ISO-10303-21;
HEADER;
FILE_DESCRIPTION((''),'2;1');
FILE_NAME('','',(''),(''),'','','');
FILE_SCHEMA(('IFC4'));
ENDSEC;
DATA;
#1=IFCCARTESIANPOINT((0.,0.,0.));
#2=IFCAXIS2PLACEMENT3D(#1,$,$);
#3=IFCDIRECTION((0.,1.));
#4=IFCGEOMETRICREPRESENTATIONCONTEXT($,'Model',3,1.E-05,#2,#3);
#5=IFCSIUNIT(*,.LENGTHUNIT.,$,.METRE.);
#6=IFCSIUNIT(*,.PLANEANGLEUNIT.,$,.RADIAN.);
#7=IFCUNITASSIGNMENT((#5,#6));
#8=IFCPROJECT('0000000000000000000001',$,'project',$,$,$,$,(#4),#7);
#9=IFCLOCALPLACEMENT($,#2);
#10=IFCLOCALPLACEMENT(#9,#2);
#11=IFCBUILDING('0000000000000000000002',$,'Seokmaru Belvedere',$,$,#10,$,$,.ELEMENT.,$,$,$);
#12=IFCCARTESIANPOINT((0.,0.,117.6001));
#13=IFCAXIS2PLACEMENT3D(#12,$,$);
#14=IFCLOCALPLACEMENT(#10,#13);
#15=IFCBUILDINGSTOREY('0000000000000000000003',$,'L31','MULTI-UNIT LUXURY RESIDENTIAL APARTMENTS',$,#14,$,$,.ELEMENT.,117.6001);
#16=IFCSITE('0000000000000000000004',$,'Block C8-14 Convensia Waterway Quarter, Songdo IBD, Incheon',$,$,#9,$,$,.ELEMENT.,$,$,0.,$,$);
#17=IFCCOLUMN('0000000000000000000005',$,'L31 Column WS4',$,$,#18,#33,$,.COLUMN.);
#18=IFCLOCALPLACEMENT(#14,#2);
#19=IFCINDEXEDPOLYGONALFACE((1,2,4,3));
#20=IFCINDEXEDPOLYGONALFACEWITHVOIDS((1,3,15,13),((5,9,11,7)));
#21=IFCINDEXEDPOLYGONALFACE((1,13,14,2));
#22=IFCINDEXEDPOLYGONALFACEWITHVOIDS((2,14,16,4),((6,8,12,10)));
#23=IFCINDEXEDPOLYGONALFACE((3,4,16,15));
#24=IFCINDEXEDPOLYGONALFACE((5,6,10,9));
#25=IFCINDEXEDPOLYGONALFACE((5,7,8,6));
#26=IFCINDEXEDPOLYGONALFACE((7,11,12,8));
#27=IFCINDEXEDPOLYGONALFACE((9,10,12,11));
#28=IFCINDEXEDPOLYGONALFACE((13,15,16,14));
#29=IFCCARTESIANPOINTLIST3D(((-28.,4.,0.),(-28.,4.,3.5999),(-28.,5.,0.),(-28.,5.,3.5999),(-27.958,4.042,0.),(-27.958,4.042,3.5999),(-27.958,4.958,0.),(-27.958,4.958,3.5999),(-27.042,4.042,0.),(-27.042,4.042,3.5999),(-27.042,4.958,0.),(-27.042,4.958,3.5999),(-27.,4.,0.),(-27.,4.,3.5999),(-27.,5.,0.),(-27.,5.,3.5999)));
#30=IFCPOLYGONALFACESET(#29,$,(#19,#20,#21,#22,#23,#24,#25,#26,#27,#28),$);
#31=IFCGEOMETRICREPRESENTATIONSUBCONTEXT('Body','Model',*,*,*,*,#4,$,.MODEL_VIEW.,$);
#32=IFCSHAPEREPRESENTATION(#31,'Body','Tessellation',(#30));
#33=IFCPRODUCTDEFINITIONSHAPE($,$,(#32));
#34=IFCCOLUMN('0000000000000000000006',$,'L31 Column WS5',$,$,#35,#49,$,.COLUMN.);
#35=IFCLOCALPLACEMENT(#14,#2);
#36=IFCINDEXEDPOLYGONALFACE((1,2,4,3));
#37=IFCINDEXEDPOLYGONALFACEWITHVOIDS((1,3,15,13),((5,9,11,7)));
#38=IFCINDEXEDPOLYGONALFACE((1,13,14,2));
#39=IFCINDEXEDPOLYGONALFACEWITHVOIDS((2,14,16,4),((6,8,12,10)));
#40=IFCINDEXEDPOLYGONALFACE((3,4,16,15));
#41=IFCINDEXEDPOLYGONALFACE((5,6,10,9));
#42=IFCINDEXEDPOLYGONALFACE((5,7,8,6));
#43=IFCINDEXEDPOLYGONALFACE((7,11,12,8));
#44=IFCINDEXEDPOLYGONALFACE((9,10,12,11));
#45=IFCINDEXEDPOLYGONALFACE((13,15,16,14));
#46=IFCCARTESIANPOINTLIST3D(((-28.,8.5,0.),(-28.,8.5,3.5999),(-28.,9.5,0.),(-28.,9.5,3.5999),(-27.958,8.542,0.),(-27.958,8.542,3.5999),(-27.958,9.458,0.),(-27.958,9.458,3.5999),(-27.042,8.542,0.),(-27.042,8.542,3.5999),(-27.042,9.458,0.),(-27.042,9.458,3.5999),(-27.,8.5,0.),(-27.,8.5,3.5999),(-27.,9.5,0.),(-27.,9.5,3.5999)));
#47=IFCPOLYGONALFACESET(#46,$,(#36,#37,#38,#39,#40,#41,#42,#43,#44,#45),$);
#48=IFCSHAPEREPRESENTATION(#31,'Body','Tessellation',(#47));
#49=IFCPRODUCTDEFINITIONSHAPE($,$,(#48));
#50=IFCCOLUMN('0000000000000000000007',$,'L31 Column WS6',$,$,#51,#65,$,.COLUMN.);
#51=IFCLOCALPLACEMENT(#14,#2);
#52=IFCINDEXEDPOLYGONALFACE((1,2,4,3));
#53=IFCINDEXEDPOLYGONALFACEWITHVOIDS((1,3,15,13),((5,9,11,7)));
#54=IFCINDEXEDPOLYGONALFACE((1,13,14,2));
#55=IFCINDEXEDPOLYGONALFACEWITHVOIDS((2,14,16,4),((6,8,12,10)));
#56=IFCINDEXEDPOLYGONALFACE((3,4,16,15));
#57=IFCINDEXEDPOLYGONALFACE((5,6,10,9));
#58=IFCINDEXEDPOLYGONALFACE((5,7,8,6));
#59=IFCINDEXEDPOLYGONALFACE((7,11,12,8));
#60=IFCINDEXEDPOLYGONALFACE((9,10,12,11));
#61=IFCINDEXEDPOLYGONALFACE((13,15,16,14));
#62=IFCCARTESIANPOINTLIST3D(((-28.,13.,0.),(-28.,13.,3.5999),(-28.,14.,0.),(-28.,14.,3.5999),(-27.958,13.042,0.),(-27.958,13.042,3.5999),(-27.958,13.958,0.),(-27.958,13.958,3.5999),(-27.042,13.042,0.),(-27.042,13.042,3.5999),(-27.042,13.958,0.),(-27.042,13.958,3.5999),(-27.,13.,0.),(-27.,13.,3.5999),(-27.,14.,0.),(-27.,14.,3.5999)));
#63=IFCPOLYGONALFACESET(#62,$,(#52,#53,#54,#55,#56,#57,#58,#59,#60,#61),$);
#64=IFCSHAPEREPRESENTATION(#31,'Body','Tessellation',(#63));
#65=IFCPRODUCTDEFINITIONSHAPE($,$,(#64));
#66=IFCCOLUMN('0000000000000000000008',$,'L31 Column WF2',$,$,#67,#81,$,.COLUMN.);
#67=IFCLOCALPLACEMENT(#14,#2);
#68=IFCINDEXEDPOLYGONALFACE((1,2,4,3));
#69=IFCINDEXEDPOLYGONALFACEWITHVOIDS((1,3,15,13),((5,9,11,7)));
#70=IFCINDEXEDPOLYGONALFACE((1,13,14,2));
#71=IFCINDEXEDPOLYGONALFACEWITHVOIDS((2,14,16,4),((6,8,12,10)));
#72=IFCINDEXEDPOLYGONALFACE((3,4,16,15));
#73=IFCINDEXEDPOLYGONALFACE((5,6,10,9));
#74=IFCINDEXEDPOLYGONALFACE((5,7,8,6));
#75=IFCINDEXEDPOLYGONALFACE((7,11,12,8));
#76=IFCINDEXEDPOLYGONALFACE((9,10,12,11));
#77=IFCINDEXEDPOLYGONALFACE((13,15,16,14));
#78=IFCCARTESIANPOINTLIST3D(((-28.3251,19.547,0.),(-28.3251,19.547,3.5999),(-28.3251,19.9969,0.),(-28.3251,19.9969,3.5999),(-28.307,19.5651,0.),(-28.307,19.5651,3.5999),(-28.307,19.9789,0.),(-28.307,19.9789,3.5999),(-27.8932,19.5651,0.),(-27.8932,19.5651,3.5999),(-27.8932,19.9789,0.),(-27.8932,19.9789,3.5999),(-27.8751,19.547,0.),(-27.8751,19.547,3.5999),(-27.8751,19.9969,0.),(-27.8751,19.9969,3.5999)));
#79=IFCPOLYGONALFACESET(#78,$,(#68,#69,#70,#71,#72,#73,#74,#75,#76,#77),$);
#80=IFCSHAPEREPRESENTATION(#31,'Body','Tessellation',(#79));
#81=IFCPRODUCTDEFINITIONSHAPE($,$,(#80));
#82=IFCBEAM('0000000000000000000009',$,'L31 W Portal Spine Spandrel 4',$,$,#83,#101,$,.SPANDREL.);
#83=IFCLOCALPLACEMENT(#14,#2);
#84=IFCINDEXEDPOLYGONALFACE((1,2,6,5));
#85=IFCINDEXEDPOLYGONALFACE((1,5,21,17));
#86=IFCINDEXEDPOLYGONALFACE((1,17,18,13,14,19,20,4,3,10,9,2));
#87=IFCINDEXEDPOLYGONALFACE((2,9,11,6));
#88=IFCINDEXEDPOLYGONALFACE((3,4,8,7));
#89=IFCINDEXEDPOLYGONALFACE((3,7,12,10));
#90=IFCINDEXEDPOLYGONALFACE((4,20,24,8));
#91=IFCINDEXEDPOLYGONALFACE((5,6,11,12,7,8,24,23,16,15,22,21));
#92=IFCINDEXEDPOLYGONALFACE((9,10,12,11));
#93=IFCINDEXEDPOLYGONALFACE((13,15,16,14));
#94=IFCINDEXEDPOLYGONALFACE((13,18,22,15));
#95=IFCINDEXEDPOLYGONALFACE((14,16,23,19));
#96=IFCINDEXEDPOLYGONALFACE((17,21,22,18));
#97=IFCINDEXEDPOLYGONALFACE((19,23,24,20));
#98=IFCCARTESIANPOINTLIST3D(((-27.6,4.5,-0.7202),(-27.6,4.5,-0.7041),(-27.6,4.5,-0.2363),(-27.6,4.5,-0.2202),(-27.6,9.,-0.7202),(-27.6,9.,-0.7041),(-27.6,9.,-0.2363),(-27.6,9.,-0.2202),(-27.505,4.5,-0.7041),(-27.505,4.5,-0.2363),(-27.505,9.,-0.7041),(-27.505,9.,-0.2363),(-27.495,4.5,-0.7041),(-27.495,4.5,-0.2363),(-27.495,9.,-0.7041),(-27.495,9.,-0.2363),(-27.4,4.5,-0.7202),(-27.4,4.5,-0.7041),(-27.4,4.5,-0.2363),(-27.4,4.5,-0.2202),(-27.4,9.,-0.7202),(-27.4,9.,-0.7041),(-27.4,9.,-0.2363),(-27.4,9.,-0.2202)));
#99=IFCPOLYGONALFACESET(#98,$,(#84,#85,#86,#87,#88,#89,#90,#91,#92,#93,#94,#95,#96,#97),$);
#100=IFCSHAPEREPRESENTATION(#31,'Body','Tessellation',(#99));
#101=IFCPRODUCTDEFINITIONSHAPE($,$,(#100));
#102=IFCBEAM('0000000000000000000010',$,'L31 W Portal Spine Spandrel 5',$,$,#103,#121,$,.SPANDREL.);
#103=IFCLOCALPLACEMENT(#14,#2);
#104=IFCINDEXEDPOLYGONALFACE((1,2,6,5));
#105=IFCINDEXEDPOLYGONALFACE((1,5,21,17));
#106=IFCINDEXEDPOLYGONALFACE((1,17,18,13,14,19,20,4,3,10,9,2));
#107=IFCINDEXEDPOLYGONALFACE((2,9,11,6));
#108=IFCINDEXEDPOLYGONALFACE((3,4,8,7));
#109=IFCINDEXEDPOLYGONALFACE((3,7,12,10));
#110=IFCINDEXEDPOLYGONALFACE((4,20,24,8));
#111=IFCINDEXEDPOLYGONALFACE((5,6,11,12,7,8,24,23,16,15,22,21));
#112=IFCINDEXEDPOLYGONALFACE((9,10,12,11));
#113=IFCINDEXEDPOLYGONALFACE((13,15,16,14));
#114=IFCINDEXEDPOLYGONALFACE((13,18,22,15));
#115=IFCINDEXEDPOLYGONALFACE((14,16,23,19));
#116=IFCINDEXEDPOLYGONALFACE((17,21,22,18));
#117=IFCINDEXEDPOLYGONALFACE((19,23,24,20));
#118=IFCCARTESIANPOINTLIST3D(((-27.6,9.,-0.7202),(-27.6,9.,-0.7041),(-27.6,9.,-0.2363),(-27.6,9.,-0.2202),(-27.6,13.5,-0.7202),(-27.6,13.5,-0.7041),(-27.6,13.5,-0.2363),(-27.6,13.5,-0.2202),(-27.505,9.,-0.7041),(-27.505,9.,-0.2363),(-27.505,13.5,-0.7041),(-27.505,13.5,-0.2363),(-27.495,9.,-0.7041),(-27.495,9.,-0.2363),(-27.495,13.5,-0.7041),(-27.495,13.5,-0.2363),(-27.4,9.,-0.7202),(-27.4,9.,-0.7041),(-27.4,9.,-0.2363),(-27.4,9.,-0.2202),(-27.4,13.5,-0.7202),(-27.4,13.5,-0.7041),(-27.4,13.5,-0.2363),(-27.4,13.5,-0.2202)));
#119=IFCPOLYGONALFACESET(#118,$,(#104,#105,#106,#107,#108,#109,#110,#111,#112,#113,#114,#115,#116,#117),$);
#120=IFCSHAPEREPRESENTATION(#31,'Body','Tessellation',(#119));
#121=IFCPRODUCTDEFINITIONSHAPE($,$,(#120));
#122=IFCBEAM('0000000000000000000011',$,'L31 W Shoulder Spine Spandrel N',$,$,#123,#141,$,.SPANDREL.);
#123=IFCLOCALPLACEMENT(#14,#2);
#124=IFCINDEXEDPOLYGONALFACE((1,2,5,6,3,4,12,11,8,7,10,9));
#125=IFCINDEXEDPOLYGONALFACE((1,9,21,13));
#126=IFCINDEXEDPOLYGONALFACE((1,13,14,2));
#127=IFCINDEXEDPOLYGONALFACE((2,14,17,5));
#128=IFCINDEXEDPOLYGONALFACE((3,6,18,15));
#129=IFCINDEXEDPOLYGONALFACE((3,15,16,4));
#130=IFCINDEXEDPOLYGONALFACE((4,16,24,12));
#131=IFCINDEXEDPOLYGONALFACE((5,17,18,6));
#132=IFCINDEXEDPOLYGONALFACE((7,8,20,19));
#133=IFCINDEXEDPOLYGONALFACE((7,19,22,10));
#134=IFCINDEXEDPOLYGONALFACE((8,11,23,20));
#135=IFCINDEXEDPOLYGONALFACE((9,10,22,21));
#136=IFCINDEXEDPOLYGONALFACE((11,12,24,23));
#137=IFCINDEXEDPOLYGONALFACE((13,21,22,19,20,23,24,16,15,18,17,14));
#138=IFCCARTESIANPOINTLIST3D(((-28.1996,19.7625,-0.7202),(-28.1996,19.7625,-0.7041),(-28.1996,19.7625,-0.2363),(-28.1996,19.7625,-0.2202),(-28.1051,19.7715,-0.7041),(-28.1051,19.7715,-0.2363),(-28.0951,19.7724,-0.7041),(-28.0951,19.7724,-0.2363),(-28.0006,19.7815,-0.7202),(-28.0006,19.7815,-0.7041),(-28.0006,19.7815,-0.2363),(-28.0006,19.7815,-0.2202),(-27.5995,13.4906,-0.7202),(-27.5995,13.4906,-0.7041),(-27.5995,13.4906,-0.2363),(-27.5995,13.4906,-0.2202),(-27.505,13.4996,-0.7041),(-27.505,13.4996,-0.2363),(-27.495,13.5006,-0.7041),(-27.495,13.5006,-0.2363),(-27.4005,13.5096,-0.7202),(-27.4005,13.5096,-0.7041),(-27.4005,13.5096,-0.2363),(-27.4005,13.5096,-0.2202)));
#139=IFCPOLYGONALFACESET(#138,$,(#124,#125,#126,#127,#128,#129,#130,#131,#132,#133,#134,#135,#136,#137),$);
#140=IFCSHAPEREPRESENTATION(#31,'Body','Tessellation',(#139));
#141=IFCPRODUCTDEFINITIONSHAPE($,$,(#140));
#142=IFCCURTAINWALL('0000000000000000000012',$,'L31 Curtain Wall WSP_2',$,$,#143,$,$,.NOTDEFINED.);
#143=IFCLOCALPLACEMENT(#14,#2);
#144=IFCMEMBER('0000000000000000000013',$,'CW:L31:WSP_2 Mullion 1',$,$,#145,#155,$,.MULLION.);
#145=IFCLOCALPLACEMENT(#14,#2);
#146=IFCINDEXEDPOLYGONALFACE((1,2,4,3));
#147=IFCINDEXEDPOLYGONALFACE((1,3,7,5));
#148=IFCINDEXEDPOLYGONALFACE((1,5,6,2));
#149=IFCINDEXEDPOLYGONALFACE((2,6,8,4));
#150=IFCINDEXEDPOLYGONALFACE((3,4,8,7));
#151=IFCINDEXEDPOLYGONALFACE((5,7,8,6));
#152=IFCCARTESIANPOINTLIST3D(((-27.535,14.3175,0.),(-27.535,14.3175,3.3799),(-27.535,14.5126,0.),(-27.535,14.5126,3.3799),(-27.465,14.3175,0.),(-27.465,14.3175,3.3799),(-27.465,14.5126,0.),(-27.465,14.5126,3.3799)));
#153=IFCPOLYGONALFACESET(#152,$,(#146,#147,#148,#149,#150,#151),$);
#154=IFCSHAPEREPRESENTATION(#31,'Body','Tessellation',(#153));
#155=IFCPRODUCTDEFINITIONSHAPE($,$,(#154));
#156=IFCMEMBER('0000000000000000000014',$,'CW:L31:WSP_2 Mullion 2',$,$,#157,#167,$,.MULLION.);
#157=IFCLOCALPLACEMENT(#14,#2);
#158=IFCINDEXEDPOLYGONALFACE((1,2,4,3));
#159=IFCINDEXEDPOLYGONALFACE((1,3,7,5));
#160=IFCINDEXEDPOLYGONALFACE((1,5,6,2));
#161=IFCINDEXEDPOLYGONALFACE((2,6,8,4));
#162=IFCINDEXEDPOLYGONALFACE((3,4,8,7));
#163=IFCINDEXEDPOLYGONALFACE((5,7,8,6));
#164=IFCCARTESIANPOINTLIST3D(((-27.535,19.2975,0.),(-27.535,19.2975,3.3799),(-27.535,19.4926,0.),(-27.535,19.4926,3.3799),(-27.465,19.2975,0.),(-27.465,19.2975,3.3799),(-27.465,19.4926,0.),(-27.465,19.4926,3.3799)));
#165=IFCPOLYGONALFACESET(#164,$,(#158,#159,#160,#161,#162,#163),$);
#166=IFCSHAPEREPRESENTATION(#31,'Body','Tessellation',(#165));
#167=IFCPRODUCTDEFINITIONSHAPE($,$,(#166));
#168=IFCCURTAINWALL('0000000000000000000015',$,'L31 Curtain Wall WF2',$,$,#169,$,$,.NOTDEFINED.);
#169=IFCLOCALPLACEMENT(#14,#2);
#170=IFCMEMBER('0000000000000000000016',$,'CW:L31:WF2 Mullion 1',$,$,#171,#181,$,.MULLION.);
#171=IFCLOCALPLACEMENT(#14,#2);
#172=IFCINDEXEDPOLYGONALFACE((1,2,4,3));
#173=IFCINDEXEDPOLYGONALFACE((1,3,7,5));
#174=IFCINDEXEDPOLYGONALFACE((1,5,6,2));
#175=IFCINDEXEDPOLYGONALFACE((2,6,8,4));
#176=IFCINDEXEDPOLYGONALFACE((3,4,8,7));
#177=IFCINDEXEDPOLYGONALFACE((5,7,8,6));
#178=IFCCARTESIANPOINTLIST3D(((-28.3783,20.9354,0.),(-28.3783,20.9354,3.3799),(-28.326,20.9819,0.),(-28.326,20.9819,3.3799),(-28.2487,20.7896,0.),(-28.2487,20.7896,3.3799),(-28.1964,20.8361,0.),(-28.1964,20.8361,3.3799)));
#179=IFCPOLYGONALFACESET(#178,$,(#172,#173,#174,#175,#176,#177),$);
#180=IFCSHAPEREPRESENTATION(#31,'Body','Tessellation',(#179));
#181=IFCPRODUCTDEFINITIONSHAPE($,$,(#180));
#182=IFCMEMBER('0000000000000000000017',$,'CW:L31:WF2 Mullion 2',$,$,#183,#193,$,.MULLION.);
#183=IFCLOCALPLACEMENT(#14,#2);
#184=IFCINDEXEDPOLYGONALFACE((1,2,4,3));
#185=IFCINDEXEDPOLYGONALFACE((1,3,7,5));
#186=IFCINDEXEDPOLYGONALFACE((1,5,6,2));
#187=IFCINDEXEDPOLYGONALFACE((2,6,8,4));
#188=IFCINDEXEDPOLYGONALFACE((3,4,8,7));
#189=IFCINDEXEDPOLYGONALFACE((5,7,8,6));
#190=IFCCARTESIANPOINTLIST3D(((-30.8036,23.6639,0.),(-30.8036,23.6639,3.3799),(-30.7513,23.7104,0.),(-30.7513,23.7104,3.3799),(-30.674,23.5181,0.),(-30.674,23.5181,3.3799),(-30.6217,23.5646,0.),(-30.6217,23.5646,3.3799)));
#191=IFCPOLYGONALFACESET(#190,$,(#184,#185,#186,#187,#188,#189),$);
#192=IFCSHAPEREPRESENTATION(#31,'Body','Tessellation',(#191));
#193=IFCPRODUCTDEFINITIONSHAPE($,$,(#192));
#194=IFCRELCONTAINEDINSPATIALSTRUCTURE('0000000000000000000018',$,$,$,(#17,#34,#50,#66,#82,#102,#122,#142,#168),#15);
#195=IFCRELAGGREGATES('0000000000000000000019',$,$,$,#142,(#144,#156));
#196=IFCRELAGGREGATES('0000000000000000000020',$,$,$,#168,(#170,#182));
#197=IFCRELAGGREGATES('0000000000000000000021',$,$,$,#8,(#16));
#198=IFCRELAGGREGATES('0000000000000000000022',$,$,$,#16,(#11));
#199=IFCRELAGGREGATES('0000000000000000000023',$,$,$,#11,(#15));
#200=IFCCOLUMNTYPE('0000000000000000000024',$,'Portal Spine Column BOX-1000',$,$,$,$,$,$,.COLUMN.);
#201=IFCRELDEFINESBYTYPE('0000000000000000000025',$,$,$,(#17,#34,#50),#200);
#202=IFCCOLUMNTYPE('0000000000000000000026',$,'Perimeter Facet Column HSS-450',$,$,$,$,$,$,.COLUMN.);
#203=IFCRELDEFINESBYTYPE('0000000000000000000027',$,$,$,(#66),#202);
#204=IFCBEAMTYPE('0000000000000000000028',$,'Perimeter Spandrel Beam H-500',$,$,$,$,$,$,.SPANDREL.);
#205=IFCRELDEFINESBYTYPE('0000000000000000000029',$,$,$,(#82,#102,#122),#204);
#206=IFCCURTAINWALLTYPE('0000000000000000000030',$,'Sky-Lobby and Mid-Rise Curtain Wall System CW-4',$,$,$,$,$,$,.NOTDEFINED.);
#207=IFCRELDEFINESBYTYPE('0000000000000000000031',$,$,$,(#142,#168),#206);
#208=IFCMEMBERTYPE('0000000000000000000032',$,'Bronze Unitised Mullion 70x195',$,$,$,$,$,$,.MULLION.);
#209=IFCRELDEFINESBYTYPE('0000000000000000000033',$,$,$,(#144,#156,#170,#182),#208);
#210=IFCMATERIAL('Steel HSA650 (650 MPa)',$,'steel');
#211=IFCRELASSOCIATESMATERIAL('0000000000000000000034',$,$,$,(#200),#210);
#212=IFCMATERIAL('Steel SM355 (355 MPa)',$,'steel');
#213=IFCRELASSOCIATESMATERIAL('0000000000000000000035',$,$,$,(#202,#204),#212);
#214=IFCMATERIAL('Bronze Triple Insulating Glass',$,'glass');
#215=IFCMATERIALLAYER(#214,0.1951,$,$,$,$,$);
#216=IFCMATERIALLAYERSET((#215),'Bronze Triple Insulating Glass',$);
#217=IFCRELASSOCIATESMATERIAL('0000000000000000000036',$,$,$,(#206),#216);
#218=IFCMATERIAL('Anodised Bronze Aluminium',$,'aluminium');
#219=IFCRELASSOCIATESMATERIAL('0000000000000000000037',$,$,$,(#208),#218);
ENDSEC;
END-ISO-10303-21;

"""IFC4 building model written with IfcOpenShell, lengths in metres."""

from ifc_helpers import new_model, si_unit, direction, frame, origin, origin_2d, place, context, subcontext, project, spatial, rectangle, hollow_rectangle, i_section, extrude, source, transform, mapped, material, layer, layer_set, material_profile, profile_set, type_object, type_shapes, element, aggregate, save


model = new_model("IFC4")

# Units and contexts
model_context = context("Model", 3, precision=1e-05, world=origin(), true_north=direction((0.0, 1.0)))
body_context = subcontext(model_context, "Body", "Model", "MODEL_VIEW")
ifc_project = project(units=[si_unit("LENGTHUNIT", "METRE"), si_unit("PLANEANGLEUNIT", "RADIAN")], contexts=[model_context])

# Site, building, storey
site_placement = place(None, origin())
site = spatial("IfcSite", under=ifc_project, at=site_placement, Name="Block C8-14 Convensia Waterway Quarter, Songdo IBD, Incheon", CompositionType="ELEMENT", RefElevation=0.0)
building_placement = place(site_placement, origin())
building = spatial("IfcBuilding", under=site, at=building_placement, Name="Seokmaru Belvedere", CompositionType="ELEMENT")
storey_placement = place(building_placement, frame((0.0, 0.0, 117.6001)))
storey = spatial("IfcBuildingStorey", under=building, at=storey_placement, Name="L31", Description="MULTI-UNIT LUXURY RESIDENTIAL APARTMENTS", CompositionType="ELEMENT", Elevation=117.6001)

# Columns
ifc_material_1 = material(Name="Steel HSA650 (650 MPa)", Category="steel")
ifc_material_profile_1 = material_profile(ifc_material_1, hollow_rectangle(XDim=1.0, YDim=1.0, WallThickness=0.042, at=origin_2d()), Name="BOX-1000x1000x42")
ifc_profile_set_1 = profile_set([ifc_material_profile_1], Name="Steel HSA650 (650 MPa)")
column_type_1 = type_object("IfcColumnType", Name="Portal Spine Column BOX-1000", PredefinedType="COLUMN", material=ifc_profile_set_1)
shared_shape_1 = source(origin(), body_context, "Body", "SweptSolid", [
    extrude(hollow_rectangle(XDim=1.0, YDim=1.0, WallThickness=0.042, at=origin_2d()), origin(), (0.0, 0.0, 1.0), 3.5999),
])
type_shapes(column_type_1, [shared_shape_1])
for number, where, z_axis, x_axis, name in (
    (1, (-27.5, 4.5, 0.0), (0.0, 0.0, 1.0), (1.0, 0.0, 0.0), "L31 Column WS4"),
    (2, (-27.5, 9.0, 0.0), (0.0, 0.0, 1.0), (1.0, 0.0, 0.0), "L31 Column WS5"),
    (3, (-27.5, 13.5, 0.0), (0.0, 0.0, 1.0), (1.0, 0.0, 0.0), "L31 Column WS6"),
):
    element("IfcColumn", number, at=place(storey_placement, frame(where, z_axis=z_axis, x_axis=x_axis)), inside=storey, type_object=column_type_1, Name=name, PredefinedType="COLUMN", context=body_context, shape_type="MappedRepresentation", body=[
        mapped(shared_shape_1, transform((0.0, 0.0, 0.0), scale=1.0)),
    ])
ifc_material_2 = material(Name="Steel SM355 (355 MPa)", Category="steel")
ifc_material_profile_2 = material_profile(ifc_material_2, hollow_rectangle(XDim=0.45, YDim=0.45, WallThickness=0.0181, at=origin_2d()), Name="HSS-450x450x18")
ifc_profile_set_2 = profile_set([ifc_material_profile_2], Name="Steel SM355 (355 MPa)")
column_type_2 = type_object("IfcColumnType", Name="Perimeter Facet Column HSS-450", PredefinedType="COLUMN", material=ifc_profile_set_2)
shared_shape_2 = source(origin(), body_context, "Body", "SweptSolid", [
    extrude(hollow_rectangle(XDim=0.45, YDim=0.45, WallThickness=0.0181, at=origin_2d()), origin(), (0.0, 0.0, 1.0), 3.5999),
])
type_shapes(column_type_2, [shared_shape_2])
column_placement = place(storey_placement, frame((-28.1001, 19.772, 0.0), z_axis=(0.0, 0.0, 1.0), x_axis=(1.0, 0.0, 0.0)))
element("IfcColumn", 4, at=column_placement, inside=storey, type_object=column_type_2, Name="L31 Column WF2", PredefinedType="COLUMN", context=body_context, shape_type="MappedRepresentation", body=[
    mapped(shared_shape_2, transform((0.0, 0.0, 0.0), scale=1.0)),
])

# Beams
ifc_material_profile_3 = material_profile(ifc_material_2, i_section(OverallWidth=0.2, OverallDepth=0.5, WebThickness=0.01, FlangeThickness=0.0161, at=origin_2d()), Name="H-500x200x10x16")
ifc_profile_set_3 = profile_set([ifc_material_profile_3], Name="Steel SM355 (355 MPa)")
beam_type = type_object("IfcBeamType", Name="Perimeter Spandrel Beam H-500", PredefinedType="SPANDREL", material=ifc_profile_set_3)
shared_shape_3 = source(origin(), body_context, "Body", "SweptSolid", [
    extrude(i_section(OverallWidth=0.2, OverallDepth=0.5, WebThickness=0.01, FlangeThickness=0.0161, at=origin_2d()), origin(), (0.0, 0.0, 1.0), 4.5),
])
for number, where, z_axis, x_axis, name in (
    (5, (-27.5, 4.5, -0.4702), (0.0, 1.0, 0.0), (-1.0, 0.0, 0.0), "L31 W Portal Spine Spandrel 4"),
    (6, (-27.5, 9.0, -0.4702), (0.0, 1.0, 0.0), (-1.0, 0.0, 0.0), "L31 W Portal Spine Spandrel 5"),
):
    element("IfcBeam", number, at=place(storey_placement, frame(where, z_axis=z_axis, x_axis=x_axis)), inside=storey, type_object=beam_type, Name=name, PredefinedType="SPANDREL", context=body_context, shape_type="MappedRepresentation", body=[
        mapped(shared_shape_3, transform((0.0, 0.0, 0.0), scale=1.0)),
    ])
shared_shape_4 = source(origin(), body_context, "Body", "SweptSolid", [
    extrude(i_section(OverallWidth=0.2, OverallDepth=0.5, WebThickness=0.01, FlangeThickness=0.0161, at=origin_2d()), origin(), (0.0, 0.0, 1.0), 6.3005),
])
type_shapes(beam_type, [shared_shape_3, shared_shape_4])
beam_placement = place(storey_placement, frame((-28.1001, 19.772, -0.4702), z_axis=(0.095244, -0.995454, 0.0), x_axis=(0.995454, 0.095244, 0.0)))
element("IfcBeam", 7, at=beam_placement, inside=storey, type_object=beam_type, Name="L31 W Shoulder Spine Spandrel N", PredefinedType="SPANDREL", context=body_context, shape_type="MappedRepresentation", body=[
    mapped(shared_shape_4, transform((0.0, 0.0, 0.0), scale=1.0)),
])

# Curtain walls, members
ifc_material_3 = material(Name="Bronze Triple Insulating Glass", Category="glass")
ifc_layer_1 = layer(ifc_material_3, 0.1951)
ifc_layer_set_1 = layer_set([ifc_layer_1], Name="Bronze Triple Insulating Glass")
curtain_wall_type = type_object("IfcCurtainWallType", Name="Sky-Lobby and Mid-Rise Curtain Wall System CW-4", PredefinedType="NOTDEFINED", material=ifc_layer_set_1)
curtain_wall_1_placement = place(storey_placement, origin())
curtain_wall_1 = element("IfcCurtainWall", 8, at=curtain_wall_1_placement, inside=storey, type_object=curtain_wall_type, Name="L31 Curtain Wall WSP_2", PredefinedType="NOTDEFINED")
ifc_material_4 = material(Name="Anodised Bronze Aluminium", Category="aluminium")
ifc_material_profile_4 = material_profile(ifc_material_4, rectangle(XDim=0.0701, YDim=0.1951, at=origin_2d()), Name="CW-M-70x195")
ifc_profile_set_4 = profile_set([ifc_material_profile_4], Name="Anodised Bronze Aluminium")
member_type_1 = type_object("IfcMemberType", Name="Bronze Unitised Mullion 70x195", PredefinedType="MULLION", material=ifc_profile_set_4)
shared_shape_5 = source(origin(), body_context, "Body", "SweptSolid", [
    extrude(rectangle(XDim=0.0701, YDim=0.1951, at=origin_2d()), origin(), (0.0, 0.0, 1.0), 3.3799),
])
type_shapes(member_type_1, [shared_shape_5])
member_1_placement = place(storey_placement, frame((-27.5, 14.415, 0.0), z_axis=(0.0, 0.0, 1.0), x_axis=(-1.0, 0.0, 0.0)))
member_1 = element("IfcMember", 9, at=member_1_placement, type_object=member_type_1, Name="CW:L31:WSP_2 Mullion 1", PredefinedType="MULLION", context=body_context, shape_type="MappedRepresentation", body=[
    mapped(shared_shape_5, transform((0.0, 0.0, 0.0), scale=1.0)),
])
member_2_placement = place(storey_placement, frame((-27.5, 19.395, 0.0), z_axis=(0.0, 0.0, 1.0), x_axis=(-1.0, 0.0, 0.0)))
member_2 = element("IfcMember", 10, at=member_2_placement, type_object=member_type_1, Name="CW:L31:WSP_2 Mullion 2", PredefinedType="MULLION", context=body_context, shape_type="MappedRepresentation", body=[
    mapped(shared_shape_5, transform((0.0, 0.0, 0.0), scale=1.0)),
])
curtain_wall_2_placement = place(storey_placement, origin())
curtain_wall_2 = element("IfcCurtainWall", 11, at=curtain_wall_2_placement, inside=storey, type_object=curtain_wall_type, Name="L31 Curtain Wall WF2", PredefinedType="NOTDEFINED")
member_3_placement = place(storey_placement, frame((-28.2874, 20.8857, 0.0), z_axis=(0.0, 0.0, 1.0), x_axis=(-0.74741, -0.664363, 0.0)))
member_3 = element("IfcMember", 12, at=member_3_placement, type_object=member_type_1, Name="CW:L31:WF2 Mullion 1", PredefinedType="MULLION", context=body_context, shape_type="MappedRepresentation", body=[
    mapped(shared_shape_5, transform((0.0, 0.0, 0.0), scale=1.0)),
])
member_4_placement = place(storey_placement, frame((-30.7126, 23.6143, 0.0), z_axis=(0.0, 0.0, 1.0), x_axis=(-0.74741, -0.664363, 0.0)))
member_4 = element("IfcMember", 13, at=member_4_placement, type_object=member_type_1, Name="CW:L31:WF2 Mullion 2", PredefinedType="MULLION", context=body_context, shape_type="MappedRepresentation", body=[
    mapped(shared_shape_5, transform((0.0, 0.0, 0.0), scale=1.0)),
])

aggregate(curtain_wall_1, [member_1, member_2])
aggregate(curtain_wall_2, [member_3, member_4])

save(model, "model.ifc")
